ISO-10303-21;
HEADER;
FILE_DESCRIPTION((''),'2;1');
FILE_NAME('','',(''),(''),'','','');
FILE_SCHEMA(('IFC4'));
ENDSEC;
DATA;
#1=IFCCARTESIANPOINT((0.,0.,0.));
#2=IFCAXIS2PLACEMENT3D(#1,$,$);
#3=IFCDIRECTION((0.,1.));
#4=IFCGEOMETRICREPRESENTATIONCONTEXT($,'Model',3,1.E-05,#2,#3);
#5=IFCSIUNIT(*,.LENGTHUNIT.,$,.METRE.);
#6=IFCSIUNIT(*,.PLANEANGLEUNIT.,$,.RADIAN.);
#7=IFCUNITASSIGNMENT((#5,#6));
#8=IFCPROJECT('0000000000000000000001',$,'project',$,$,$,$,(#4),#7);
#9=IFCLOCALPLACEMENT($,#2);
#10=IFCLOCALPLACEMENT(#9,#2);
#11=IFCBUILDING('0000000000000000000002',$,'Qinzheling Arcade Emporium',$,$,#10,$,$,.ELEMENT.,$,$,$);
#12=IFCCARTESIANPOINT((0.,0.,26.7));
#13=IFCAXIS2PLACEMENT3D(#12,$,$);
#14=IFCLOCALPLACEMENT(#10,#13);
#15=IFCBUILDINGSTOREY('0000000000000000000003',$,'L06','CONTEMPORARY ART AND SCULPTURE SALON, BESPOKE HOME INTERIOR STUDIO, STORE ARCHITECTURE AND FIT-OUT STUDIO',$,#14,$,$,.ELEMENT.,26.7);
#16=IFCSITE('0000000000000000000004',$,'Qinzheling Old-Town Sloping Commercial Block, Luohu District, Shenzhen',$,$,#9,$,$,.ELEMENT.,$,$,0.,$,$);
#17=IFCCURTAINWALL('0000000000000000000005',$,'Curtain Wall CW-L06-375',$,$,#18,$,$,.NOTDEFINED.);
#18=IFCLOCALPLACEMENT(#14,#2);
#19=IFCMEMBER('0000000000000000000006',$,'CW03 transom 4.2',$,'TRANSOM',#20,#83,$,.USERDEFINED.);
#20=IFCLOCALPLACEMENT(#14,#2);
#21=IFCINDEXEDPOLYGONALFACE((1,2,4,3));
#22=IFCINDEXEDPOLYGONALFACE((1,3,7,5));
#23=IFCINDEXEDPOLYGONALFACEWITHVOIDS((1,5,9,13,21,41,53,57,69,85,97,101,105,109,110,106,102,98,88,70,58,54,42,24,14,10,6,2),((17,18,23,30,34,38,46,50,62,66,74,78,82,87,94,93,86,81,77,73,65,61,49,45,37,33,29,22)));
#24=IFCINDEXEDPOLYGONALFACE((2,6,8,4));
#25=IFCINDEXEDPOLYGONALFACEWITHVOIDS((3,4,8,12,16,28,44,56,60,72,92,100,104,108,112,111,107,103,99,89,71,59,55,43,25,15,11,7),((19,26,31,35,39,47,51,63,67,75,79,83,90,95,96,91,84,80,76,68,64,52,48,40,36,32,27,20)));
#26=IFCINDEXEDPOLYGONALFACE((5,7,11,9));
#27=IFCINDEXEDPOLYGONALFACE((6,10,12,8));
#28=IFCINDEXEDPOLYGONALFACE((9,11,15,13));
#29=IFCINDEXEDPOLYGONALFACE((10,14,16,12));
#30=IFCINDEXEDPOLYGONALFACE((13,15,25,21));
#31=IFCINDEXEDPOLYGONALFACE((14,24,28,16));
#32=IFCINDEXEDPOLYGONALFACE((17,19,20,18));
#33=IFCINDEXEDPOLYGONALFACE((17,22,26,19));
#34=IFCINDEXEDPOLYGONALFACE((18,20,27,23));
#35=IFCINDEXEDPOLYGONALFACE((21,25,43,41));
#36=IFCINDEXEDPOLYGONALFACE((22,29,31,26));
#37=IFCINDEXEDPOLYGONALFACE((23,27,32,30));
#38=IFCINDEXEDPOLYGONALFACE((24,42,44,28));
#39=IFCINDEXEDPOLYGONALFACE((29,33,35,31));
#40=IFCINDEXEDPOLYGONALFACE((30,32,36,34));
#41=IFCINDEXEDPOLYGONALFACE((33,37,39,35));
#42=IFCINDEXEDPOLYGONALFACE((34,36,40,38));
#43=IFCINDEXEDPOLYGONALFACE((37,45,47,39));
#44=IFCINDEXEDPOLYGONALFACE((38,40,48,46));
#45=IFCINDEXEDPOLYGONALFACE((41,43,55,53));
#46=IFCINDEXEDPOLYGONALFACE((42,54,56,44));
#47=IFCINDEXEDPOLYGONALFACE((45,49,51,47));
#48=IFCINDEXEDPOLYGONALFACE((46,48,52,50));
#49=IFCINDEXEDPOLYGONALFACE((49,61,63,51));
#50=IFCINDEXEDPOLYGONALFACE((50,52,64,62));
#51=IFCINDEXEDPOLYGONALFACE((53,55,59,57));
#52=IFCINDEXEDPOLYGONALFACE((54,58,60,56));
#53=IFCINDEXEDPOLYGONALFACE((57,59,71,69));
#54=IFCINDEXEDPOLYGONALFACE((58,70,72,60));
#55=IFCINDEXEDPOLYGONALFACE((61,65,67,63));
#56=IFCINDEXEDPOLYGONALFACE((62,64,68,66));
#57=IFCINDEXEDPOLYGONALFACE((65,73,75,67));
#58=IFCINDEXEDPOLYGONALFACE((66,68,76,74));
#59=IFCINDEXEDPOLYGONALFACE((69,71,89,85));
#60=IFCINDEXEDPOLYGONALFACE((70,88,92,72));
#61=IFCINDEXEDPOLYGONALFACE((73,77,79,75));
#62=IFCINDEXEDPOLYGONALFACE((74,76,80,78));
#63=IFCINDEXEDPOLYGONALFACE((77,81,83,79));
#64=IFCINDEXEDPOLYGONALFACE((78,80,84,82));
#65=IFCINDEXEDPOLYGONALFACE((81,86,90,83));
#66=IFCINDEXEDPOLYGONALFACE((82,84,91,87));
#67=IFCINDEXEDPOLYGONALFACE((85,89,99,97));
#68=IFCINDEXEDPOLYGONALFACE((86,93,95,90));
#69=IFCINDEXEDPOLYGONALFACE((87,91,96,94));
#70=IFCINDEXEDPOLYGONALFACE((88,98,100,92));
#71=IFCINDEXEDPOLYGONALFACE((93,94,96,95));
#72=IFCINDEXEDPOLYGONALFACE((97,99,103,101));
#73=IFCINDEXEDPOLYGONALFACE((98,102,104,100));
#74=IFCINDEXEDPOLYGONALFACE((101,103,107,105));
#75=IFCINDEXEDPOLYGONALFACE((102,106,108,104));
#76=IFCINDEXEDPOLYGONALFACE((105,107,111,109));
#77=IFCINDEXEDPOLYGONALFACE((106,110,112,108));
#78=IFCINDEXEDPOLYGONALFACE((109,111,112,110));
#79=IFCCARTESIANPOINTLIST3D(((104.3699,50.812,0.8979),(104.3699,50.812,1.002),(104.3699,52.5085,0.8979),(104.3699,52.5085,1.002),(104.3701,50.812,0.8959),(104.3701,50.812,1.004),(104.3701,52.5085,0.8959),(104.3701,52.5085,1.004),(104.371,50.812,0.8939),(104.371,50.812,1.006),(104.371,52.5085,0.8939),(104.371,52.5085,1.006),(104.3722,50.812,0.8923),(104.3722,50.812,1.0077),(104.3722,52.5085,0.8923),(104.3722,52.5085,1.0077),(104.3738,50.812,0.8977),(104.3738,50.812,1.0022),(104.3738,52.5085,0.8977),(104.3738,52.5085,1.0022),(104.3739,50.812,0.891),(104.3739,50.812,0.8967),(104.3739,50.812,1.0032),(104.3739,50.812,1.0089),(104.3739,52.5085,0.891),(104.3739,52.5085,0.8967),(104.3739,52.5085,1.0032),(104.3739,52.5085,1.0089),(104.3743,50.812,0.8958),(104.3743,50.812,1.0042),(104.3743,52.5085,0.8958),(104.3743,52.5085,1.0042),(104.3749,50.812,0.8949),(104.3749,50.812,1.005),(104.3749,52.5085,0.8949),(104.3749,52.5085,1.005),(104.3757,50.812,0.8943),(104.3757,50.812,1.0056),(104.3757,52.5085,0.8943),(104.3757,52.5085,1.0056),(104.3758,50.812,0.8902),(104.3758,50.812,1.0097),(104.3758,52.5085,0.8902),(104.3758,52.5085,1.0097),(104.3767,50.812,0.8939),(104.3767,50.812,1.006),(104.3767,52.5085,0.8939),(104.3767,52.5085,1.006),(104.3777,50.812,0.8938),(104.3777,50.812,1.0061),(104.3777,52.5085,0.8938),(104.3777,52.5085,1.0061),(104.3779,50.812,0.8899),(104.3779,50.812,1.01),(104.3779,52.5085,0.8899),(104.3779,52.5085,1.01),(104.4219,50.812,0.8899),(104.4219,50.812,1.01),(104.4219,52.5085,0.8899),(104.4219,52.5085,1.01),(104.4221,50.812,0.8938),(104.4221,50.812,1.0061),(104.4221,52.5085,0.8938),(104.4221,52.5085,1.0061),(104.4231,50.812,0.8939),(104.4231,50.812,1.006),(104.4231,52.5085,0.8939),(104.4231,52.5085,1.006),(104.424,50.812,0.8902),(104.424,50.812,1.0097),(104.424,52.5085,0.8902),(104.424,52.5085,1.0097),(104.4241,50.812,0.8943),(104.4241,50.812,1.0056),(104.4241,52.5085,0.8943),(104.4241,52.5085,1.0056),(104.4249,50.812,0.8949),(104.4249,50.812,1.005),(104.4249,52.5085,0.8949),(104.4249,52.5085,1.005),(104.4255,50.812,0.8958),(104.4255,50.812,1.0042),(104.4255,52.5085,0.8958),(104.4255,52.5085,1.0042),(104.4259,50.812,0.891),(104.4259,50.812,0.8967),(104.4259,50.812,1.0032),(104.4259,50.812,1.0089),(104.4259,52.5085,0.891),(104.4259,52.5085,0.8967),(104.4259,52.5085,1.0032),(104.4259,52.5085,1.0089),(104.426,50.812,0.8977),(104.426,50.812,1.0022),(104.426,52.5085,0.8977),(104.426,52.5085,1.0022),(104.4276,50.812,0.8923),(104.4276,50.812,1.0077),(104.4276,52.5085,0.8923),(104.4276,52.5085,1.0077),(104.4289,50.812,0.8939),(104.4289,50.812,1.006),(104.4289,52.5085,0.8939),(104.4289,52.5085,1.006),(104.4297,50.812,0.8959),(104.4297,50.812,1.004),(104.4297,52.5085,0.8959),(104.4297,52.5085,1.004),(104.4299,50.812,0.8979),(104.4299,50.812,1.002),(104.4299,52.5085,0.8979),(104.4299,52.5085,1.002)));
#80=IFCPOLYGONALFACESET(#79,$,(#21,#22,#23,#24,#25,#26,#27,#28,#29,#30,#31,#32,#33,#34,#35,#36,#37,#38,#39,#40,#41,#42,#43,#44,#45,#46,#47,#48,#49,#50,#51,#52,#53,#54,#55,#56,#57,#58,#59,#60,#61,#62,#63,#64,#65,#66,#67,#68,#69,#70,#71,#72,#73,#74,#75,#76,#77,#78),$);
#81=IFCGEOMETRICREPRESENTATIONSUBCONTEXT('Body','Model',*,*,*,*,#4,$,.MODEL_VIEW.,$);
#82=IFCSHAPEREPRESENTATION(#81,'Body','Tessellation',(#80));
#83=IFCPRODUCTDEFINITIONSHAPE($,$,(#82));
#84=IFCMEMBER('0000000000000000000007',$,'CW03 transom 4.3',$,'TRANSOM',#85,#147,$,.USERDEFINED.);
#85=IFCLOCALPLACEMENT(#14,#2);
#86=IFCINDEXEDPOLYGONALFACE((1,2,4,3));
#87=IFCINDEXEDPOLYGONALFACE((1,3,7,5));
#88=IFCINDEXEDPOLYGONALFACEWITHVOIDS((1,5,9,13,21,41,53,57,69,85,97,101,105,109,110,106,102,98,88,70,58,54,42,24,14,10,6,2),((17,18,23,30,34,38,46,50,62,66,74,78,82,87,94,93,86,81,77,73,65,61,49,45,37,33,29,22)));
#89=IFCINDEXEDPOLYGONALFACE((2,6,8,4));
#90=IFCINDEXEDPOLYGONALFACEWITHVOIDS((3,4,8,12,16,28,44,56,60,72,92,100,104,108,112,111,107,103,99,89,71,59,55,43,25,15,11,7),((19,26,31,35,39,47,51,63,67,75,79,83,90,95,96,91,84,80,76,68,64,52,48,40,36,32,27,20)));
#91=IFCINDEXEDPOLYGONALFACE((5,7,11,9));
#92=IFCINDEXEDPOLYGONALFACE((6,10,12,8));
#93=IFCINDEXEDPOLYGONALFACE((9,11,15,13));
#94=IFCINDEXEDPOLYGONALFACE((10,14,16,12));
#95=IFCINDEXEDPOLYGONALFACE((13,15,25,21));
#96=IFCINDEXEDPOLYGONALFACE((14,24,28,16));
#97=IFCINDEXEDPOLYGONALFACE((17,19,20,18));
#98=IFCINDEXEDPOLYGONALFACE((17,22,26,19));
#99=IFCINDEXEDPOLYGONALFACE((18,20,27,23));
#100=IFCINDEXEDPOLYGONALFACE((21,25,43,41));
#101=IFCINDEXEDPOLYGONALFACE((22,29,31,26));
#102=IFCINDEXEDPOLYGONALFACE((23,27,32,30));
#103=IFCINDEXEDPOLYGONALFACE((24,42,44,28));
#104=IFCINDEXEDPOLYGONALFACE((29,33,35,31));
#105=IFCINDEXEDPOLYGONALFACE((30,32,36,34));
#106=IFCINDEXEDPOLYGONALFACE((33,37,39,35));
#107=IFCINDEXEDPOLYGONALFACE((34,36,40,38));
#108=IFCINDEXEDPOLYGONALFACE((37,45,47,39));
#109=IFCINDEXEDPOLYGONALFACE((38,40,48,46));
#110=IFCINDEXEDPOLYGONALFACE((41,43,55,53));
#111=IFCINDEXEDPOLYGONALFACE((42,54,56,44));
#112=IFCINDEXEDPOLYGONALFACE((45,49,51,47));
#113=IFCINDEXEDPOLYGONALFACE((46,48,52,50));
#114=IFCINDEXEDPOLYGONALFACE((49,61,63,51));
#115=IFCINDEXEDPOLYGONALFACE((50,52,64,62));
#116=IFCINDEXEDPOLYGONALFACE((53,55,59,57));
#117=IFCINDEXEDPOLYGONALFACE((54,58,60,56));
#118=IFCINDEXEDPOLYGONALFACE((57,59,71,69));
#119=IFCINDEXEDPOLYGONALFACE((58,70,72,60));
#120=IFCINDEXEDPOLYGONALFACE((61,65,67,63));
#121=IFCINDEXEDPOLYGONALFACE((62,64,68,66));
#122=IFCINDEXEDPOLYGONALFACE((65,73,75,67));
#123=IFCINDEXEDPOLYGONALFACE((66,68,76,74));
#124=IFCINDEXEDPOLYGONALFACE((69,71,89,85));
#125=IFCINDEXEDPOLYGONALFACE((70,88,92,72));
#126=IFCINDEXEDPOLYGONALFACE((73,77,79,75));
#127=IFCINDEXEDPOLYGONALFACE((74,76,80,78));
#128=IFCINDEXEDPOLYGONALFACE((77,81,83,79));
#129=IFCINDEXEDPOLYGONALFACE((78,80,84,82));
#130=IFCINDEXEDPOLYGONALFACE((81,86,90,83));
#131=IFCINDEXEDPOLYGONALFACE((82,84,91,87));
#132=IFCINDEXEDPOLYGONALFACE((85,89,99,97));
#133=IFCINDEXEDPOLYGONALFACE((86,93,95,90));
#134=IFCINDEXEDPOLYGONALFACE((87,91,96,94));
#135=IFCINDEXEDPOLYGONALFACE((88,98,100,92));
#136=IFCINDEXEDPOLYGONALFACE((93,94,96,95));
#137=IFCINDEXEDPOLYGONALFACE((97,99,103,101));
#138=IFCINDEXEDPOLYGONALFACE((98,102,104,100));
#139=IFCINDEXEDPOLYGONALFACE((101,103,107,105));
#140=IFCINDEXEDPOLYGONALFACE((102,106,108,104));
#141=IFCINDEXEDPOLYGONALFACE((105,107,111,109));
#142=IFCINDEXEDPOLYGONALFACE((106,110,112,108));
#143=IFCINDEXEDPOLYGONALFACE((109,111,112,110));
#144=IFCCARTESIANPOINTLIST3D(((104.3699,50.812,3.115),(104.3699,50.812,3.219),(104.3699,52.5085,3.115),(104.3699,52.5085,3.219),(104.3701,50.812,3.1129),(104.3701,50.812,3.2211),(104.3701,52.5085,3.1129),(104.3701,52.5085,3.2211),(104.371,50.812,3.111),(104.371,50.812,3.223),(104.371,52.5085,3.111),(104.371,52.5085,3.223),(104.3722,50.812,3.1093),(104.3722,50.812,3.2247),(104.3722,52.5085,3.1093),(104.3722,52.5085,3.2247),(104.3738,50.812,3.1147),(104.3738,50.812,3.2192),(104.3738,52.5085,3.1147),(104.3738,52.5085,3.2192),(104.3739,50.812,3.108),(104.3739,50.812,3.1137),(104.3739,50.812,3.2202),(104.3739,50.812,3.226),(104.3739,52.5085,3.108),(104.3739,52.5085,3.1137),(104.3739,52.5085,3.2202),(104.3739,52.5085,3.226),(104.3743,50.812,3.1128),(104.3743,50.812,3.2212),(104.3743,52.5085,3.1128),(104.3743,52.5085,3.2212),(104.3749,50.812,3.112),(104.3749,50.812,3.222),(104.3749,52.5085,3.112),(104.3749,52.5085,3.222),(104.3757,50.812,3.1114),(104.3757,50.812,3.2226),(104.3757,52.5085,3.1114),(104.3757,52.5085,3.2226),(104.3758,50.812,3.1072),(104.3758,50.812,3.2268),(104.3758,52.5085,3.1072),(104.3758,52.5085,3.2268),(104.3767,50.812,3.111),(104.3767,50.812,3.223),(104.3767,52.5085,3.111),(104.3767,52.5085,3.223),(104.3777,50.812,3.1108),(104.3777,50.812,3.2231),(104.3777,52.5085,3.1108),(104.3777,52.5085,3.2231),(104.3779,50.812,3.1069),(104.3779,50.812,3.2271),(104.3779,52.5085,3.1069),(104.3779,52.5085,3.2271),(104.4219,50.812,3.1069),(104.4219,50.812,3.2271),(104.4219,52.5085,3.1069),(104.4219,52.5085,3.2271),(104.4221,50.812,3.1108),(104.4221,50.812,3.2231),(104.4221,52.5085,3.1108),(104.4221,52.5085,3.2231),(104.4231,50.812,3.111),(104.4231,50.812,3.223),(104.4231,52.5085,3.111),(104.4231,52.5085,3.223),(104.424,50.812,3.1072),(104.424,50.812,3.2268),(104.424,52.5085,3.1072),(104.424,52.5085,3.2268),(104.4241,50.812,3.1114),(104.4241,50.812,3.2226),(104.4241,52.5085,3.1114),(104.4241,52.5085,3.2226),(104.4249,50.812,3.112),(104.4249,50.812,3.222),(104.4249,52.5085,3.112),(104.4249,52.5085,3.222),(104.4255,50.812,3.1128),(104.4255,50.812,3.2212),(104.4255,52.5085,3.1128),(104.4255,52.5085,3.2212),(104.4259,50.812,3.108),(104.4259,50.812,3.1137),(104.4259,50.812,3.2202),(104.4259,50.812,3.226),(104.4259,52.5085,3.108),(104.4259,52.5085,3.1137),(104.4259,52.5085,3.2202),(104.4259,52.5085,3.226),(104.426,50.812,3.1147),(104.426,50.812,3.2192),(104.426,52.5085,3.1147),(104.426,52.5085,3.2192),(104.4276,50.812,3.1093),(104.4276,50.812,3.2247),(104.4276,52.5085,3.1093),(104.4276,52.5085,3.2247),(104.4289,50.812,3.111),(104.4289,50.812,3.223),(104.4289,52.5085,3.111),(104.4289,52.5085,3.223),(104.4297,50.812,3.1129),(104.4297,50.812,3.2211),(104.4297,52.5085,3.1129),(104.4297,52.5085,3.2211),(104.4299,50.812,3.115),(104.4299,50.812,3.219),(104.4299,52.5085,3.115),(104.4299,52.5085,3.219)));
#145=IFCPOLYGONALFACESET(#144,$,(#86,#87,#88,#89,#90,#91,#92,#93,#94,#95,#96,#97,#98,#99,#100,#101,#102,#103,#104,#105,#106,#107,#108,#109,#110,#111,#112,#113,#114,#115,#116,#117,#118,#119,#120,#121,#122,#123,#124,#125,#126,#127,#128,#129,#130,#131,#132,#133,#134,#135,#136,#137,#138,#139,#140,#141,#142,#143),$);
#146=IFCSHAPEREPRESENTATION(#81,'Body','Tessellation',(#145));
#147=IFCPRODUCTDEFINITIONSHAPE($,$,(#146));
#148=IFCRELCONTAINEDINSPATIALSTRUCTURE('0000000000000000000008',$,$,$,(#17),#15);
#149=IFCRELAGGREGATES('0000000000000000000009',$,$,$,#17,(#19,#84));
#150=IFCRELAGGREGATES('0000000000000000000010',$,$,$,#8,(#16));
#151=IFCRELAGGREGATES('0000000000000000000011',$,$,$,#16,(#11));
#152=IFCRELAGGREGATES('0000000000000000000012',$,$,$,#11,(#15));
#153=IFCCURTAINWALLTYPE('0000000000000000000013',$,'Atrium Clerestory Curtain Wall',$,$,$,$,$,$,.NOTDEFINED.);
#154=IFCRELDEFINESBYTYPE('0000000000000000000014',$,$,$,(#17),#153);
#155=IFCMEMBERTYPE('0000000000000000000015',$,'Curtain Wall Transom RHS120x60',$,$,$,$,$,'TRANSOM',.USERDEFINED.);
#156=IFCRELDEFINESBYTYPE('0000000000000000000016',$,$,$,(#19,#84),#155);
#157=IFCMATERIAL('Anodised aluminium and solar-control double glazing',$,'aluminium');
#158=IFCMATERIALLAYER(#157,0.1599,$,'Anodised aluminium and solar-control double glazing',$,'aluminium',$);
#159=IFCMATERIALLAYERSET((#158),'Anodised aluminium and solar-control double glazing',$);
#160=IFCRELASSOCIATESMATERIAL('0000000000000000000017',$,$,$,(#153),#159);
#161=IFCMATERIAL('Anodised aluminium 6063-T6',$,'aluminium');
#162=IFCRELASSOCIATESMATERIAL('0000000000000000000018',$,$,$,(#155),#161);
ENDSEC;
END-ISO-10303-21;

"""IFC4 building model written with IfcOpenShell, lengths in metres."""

from ifc_helpers import new_model, si_unit, direction, frame, origin, origin_2d, place, context, subcontext, project, spatial, hollow_rectangle, extrude, material, layer, layer_set, material_profile, profile_set, type_object, element, aggregate, save


model = new_model("IFC4")

# Units and contexts
model_context = context("Model", 3, precision=1e-05, world=origin(), true_north=direction((0.0, 1.0)))
body_context = subcontext(model_context, "Body", "Model", "MODEL_VIEW")
ifc_project = project(units=[si_unit("LENGTHUNIT", "METRE"), si_unit("PLANEANGLEUNIT", "RADIAN")], contexts=[model_context])

# Site, building, storey
site_placement = place(None, origin())
site = spatial("IfcSite", under=ifc_project, at=site_placement, Name="Qinzheling Old-Town Sloping Commercial Block, Luohu District, Shenzhen", CompositionType="ELEMENT", RefElevation=0.0)
building_placement = place(site_placement, origin())
building = spatial("IfcBuilding", under=site, at=building_placement, Name="Qinzheling Arcade Emporium", CompositionType="ELEMENT")
storey_placement = place(building_placement, frame((0.0, 0.0, 26.7)))
storey = spatial("IfcBuildingStorey", under=building, at=storey_placement, Name="L06", Description="CONTEMPORARY ART AND SCULPTURE SALON, BESPOKE HOME INTERIOR STUDIO, STORE ARCHITECTURE AND FIT-OUT STUDIO", CompositionType="ELEMENT", Elevation=26.7)

# Curtain wall, members
ifc_material_1 = material(Name="Anodised aluminium and solar-control double glazing", Category="aluminium")
ifc_layer_1 = layer(ifc_material_1, 0.1599, Name="Anodised aluminium and solar-control double glazing", Category="aluminium")
ifc_layer_set_1 = layer_set([ifc_layer_1], Name="Anodised aluminium and solar-control double glazing")
curtain_wall_type = type_object("IfcCurtainWallType", Name="Atrium Clerestory Curtain Wall", PredefinedType="NOTDEFINED", material=ifc_layer_set_1)
curtain_wall_placement = place(storey_placement, origin())
curtain_wall = element("IfcCurtainWall", 1, at=curtain_wall_placement, inside=storey, type_object=curtain_wall_type, Name="Curtain Wall CW-L06-375", PredefinedType="NOTDEFINED")
ifc_material_2 = material(Name="Anodised aluminium 6063-T6", Category="aluminium")
ifc_material_profile_1 = material_profile(ifc_material_2, hollow_rectangle(XDim=0.0601, YDim=0.1201, WallThickness=0.0039, InnerFilletRadius=0.0039, OuterFilletRadius=0.0081, at=origin_2d()), Name="RHS 120x60x4", Category="aluminium")
ifc_profile_set_1 = profile_set([ifc_material_profile_1], Name="Anodised aluminium 6063-T6")
member_type_1 = type_object("IfcMemberType", Name="Curtain Wall Transom RHS120x60", ElementType="TRANSOM", PredefinedType="USERDEFINED", material=ifc_profile_set_1)
member_1_placement = place(storey_placement, frame((104.3999, 52.5085, 0.95), z_axis=(0.0, -1.0, 0.0), x_axis=(1.0, 0.0, 0.0)))
member_1 = element("IfcMember", 2, at=member_1_placement, type_object=member_type_1, Name="CW03 transom 4.2", ObjectType="TRANSOM", PredefinedType="USERDEFINED", context=body_context, shape_type="SweptSolid", body=[
    extrude(hollow_rectangle(XDim=0.0601, YDim=0.1201, WallThickness=0.0039, InnerFilletRadius=0.0039, OuterFilletRadius=0.0081, at=origin_2d()), origin(), (0.0, 0.0, 1.0), 1.6965),
])
member_2_placement = place(storey_placement, frame((104.3999, 52.5085, 3.167), z_axis=(0.0, -1.0, 0.0), x_axis=(1.0, 0.0, 0.0)))
member_2 = element("IfcMember", 3, at=member_2_placement, type_object=member_type_1, Name="CW03 transom 4.3", ObjectType="TRANSOM", PredefinedType="USERDEFINED", context=body_context, shape_type="SweptSolid", body=[
    extrude(hollow_rectangle(XDim=0.0601, YDim=0.1201, WallThickness=0.0039, InnerFilletRadius=0.0039, OuterFilletRadius=0.0081, at=origin_2d()), origin(), (0.0, 0.0, 1.0), 1.6965),
])
aggregate(curtain_wall, [member_1, member_2])

save(model, "model.ifc")
